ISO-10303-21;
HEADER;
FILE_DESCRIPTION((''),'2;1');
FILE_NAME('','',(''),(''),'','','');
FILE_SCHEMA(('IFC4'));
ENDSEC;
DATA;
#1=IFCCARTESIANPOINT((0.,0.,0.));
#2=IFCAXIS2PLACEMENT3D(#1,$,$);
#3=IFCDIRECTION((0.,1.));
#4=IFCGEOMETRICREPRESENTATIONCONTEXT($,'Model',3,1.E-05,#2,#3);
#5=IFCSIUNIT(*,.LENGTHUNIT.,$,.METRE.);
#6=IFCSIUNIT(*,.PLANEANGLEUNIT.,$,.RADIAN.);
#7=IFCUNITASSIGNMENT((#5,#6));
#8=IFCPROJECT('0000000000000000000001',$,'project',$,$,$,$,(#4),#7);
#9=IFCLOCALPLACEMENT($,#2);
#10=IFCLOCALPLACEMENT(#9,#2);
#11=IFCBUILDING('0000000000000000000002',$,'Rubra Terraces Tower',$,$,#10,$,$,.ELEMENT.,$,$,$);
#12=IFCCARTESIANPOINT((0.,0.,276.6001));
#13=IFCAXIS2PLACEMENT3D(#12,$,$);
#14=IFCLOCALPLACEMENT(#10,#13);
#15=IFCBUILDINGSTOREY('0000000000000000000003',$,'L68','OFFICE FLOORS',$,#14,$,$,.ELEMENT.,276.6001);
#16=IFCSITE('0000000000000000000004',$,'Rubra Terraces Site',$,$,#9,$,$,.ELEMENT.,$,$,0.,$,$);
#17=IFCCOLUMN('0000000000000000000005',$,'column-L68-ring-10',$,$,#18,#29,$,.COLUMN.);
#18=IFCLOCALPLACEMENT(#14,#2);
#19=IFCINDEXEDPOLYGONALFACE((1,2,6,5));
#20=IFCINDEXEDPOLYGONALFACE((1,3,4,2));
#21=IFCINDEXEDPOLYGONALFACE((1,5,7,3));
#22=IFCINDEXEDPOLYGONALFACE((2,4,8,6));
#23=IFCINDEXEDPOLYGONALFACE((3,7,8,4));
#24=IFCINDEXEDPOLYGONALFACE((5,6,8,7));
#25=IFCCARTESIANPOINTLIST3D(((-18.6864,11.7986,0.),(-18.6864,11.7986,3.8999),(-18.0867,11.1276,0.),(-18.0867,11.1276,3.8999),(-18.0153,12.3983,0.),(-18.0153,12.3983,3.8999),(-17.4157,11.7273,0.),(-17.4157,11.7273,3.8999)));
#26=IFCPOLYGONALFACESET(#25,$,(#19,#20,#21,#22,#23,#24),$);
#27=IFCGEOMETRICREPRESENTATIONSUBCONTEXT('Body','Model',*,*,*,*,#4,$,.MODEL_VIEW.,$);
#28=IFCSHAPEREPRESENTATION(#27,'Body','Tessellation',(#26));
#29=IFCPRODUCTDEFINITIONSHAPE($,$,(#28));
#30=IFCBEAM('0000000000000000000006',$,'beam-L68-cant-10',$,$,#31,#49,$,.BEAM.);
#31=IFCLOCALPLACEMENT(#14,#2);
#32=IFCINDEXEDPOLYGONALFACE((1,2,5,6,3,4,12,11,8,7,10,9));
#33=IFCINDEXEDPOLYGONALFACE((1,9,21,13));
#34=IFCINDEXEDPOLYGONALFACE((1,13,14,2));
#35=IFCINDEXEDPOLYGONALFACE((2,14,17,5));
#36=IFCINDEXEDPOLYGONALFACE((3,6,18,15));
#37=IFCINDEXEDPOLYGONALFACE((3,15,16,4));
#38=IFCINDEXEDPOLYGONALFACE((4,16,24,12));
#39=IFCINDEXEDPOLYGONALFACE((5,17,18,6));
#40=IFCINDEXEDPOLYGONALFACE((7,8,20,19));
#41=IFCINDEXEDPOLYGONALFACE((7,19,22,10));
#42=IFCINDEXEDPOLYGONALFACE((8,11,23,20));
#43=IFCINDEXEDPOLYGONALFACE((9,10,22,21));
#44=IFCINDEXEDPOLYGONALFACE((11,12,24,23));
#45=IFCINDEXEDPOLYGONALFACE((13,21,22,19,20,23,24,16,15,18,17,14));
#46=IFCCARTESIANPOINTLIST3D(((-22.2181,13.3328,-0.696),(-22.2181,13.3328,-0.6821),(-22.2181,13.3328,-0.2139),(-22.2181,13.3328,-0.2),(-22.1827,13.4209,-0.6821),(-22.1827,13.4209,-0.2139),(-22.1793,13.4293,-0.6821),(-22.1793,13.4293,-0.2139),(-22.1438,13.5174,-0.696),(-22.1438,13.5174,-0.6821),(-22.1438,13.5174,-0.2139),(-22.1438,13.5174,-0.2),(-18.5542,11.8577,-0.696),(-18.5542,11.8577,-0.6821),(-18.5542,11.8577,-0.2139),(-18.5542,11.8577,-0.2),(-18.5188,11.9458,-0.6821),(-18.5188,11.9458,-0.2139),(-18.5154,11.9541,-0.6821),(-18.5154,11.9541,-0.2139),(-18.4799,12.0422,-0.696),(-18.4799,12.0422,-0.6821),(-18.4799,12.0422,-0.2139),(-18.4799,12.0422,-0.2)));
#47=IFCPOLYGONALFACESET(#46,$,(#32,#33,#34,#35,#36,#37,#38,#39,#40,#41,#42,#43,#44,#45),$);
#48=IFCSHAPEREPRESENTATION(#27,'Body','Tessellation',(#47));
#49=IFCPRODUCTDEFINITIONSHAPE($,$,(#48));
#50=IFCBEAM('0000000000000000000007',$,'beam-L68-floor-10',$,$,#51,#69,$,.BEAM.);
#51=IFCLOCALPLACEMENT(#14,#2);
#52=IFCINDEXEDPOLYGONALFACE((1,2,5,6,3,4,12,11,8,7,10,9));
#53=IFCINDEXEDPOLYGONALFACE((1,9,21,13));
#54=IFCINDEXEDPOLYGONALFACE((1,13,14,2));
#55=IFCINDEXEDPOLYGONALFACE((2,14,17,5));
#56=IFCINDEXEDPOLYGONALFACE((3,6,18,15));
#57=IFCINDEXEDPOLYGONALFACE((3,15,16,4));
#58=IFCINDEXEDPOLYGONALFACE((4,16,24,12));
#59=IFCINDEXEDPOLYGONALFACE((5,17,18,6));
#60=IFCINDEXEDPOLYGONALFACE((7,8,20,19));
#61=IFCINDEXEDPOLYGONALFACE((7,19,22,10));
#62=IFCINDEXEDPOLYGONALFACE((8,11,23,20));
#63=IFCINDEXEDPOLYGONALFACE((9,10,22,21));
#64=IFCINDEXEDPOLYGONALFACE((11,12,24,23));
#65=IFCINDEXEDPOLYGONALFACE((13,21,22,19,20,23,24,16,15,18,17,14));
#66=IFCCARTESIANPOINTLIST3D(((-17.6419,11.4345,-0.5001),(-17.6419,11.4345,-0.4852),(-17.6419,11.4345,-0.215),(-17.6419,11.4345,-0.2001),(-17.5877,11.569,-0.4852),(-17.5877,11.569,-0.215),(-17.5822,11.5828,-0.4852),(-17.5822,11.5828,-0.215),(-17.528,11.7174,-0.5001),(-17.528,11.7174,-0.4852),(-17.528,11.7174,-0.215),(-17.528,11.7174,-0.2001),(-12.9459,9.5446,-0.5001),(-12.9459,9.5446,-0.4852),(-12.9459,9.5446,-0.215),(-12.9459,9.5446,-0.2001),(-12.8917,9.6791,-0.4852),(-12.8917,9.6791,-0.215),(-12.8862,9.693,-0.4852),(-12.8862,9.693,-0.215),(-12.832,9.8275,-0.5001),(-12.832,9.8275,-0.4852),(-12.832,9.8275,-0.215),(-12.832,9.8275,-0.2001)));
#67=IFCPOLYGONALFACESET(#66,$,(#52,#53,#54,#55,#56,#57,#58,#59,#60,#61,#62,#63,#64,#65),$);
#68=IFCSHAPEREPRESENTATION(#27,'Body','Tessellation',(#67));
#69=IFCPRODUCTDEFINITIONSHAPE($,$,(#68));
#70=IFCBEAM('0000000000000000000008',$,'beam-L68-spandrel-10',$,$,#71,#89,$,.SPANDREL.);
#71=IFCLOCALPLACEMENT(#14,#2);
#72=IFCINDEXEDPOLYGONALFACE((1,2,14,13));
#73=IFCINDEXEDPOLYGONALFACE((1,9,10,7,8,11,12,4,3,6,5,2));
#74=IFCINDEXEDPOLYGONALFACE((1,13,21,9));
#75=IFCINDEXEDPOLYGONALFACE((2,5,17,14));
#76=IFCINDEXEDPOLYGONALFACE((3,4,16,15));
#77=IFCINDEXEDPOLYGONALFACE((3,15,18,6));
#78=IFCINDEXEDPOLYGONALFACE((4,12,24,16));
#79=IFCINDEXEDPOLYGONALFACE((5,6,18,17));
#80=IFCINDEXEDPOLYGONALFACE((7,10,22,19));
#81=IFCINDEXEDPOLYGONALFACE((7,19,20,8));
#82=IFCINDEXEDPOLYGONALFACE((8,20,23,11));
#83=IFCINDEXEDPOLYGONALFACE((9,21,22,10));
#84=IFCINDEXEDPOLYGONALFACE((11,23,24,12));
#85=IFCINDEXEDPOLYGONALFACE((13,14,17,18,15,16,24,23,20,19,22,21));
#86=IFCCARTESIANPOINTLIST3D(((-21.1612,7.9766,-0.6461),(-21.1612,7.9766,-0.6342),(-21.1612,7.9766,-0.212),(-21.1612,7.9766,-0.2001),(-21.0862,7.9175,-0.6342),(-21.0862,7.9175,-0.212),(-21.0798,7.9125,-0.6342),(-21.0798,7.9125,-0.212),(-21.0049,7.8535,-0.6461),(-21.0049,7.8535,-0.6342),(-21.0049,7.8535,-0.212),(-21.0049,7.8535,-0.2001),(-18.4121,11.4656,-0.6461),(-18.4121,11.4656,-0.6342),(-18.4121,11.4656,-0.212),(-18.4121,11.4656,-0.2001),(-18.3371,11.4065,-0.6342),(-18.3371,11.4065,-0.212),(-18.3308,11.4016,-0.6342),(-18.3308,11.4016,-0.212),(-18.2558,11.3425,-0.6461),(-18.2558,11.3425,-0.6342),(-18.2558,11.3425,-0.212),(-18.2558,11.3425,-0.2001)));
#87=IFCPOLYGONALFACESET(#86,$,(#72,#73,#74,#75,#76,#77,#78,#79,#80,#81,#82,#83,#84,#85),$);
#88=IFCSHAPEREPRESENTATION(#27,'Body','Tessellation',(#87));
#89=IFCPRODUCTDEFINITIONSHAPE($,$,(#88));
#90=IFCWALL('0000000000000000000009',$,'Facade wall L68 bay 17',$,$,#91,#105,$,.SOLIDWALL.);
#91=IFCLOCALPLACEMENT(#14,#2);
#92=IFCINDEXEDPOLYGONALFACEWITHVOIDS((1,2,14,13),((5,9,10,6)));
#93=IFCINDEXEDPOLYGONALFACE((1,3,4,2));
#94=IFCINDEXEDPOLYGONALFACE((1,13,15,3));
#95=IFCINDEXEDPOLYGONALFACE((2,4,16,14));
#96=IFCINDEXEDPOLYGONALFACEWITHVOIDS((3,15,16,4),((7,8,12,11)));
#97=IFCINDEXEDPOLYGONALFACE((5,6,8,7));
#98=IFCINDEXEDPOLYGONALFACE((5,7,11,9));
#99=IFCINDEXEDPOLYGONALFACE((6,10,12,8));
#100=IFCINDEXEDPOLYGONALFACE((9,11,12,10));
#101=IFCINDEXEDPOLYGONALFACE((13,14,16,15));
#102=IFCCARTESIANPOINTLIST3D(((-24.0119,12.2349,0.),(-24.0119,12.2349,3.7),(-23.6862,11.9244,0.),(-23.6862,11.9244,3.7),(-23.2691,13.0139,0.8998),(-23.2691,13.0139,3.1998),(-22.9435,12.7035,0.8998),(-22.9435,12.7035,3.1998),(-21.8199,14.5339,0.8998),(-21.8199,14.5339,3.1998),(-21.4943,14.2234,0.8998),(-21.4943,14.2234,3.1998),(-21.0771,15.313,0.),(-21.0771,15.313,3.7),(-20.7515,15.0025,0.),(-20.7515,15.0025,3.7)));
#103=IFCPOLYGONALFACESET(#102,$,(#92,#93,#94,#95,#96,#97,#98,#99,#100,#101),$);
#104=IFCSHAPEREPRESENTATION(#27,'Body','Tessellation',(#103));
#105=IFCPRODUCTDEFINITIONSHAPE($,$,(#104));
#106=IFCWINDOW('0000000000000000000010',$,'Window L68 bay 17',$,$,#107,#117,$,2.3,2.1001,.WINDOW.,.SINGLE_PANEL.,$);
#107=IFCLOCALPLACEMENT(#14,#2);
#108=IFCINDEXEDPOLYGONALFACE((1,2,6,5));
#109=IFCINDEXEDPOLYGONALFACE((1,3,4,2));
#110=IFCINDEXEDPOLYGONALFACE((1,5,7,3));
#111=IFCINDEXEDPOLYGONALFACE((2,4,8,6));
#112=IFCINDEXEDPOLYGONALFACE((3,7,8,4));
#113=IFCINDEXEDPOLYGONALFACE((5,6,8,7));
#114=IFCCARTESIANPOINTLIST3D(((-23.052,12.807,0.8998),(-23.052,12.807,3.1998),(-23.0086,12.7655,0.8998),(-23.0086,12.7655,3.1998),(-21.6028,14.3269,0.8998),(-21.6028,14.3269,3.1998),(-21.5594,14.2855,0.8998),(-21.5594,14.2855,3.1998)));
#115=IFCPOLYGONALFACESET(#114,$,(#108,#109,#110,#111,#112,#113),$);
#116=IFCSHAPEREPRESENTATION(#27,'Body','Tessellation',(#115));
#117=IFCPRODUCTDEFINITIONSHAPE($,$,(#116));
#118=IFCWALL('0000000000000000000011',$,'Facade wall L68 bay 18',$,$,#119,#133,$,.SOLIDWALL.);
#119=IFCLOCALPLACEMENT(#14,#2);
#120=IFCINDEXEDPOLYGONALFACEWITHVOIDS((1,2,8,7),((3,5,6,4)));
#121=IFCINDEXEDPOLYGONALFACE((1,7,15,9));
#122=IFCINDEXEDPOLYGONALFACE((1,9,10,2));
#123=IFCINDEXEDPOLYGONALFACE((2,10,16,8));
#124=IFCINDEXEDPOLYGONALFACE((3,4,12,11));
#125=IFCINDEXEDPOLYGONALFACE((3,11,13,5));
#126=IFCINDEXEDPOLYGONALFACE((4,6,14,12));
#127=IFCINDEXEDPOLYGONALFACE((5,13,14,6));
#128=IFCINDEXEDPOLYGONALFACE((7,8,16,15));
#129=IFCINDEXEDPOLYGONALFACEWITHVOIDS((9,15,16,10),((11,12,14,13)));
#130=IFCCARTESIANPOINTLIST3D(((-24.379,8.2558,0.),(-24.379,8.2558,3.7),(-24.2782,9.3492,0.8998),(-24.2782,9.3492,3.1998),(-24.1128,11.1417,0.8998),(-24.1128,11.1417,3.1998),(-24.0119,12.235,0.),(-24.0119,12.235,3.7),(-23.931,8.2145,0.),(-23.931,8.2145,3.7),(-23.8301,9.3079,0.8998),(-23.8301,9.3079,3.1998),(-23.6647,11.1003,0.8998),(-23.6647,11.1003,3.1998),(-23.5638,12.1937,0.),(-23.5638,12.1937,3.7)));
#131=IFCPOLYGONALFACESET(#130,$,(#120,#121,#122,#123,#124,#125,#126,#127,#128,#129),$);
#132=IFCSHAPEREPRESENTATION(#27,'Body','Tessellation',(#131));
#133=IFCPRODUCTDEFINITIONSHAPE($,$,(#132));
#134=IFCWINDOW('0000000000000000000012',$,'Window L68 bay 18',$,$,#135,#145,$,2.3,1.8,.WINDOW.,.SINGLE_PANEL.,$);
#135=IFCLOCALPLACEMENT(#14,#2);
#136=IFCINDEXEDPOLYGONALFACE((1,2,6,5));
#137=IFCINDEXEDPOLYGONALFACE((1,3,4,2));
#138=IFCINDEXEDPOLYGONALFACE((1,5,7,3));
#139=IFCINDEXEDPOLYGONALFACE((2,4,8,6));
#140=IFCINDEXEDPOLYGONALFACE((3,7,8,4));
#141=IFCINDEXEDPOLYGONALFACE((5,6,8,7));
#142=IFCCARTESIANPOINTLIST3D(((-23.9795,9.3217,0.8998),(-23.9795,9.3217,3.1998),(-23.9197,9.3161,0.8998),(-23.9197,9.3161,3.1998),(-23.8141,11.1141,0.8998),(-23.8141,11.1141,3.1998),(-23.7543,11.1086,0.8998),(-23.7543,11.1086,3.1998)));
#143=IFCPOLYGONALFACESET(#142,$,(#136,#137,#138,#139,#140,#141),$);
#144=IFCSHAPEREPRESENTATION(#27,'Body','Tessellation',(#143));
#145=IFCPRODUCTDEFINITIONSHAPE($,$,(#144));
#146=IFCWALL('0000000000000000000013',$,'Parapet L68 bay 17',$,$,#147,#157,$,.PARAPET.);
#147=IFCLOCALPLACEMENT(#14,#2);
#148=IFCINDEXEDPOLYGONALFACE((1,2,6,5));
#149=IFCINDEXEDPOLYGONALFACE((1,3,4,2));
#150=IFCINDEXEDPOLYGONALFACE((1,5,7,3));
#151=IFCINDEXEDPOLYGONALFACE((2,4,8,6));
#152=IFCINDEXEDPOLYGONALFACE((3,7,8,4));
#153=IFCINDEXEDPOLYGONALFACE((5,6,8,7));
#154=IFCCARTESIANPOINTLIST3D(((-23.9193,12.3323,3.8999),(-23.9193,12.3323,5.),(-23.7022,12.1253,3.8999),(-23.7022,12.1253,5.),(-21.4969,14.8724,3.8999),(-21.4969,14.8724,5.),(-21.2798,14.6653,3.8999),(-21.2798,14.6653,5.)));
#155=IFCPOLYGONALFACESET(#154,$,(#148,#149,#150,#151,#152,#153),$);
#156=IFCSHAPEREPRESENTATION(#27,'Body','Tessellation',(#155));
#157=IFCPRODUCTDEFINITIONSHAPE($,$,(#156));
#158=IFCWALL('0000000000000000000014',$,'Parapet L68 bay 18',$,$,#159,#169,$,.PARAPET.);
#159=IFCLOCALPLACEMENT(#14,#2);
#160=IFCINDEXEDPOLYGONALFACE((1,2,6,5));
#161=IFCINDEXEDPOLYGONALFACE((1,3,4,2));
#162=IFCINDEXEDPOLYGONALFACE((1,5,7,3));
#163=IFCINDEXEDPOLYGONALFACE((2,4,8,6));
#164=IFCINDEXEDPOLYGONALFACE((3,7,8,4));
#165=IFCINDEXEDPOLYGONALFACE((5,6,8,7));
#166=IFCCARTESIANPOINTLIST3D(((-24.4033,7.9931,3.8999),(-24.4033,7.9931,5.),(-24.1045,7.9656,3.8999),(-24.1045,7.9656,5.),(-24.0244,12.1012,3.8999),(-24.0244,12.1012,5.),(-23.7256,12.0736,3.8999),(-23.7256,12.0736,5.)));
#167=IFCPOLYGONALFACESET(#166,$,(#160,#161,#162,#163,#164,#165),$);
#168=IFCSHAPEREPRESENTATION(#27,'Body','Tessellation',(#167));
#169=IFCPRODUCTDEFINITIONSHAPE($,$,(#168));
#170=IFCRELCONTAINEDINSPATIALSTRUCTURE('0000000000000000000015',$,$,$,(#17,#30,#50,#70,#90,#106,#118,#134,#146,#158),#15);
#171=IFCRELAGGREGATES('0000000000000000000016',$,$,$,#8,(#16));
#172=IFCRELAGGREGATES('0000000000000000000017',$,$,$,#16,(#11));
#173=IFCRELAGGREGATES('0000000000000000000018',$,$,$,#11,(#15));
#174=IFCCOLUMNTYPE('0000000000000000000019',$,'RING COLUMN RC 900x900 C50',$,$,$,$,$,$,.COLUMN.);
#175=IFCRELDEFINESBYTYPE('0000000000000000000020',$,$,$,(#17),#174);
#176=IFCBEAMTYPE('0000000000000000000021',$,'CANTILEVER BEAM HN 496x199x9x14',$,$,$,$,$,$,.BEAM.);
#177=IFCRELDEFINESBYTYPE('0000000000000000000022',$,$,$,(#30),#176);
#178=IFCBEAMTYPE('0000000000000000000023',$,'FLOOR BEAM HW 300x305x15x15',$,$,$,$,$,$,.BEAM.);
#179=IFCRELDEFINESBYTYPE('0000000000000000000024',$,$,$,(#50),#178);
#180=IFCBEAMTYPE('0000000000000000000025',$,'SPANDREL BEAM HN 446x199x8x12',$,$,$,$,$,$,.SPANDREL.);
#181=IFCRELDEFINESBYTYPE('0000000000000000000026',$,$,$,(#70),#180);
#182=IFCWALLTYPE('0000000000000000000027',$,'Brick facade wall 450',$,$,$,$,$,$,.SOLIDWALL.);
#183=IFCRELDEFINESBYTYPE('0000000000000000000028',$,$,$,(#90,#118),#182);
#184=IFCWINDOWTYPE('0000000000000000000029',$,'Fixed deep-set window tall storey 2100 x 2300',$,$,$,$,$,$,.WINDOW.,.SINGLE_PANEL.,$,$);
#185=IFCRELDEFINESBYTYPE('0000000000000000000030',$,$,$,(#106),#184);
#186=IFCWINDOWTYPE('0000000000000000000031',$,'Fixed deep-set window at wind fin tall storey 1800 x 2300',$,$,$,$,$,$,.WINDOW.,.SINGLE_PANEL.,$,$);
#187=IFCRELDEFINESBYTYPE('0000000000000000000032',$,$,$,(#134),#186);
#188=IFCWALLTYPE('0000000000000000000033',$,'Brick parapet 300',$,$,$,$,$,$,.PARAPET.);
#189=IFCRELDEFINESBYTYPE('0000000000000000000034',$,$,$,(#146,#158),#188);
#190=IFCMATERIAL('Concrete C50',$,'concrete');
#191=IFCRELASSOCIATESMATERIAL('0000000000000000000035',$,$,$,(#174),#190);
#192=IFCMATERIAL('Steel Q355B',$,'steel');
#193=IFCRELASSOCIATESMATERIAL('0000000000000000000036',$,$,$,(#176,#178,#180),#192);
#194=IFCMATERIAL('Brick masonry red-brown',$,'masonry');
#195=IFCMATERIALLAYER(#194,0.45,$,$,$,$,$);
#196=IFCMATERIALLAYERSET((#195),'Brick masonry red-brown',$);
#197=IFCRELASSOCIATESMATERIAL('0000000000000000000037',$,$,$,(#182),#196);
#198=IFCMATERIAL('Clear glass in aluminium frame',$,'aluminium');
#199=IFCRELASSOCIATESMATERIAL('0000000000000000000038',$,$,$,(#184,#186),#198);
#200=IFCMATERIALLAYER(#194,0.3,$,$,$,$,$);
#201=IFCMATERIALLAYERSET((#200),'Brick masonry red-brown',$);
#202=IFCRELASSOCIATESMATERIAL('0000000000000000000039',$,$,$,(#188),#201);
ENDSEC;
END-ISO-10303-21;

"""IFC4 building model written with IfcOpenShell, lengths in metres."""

from ifc_helpers import new_model, si_unit, direction, frame, frame_2d, origin, origin_2d, place, context, subcontext, project, spatial, rectangle, i_section, extrude, material, layer, layer_set, material_profile, profile_set, type_object, element, fill, save


model = new_model("IFC4")

# Units and contexts
model_context = context("Model", 3, precision=1e-05, world=origin(), true_north=direction((0.0, 1.0)))
body_context = subcontext(model_context, "Body", "Model", "MODEL_VIEW")
ifc_project = project(units=[si_unit("LENGTHUNIT", "METRE"), si_unit("PLANEANGLEUNIT", "RADIAN")], contexts=[model_context])

# Site, building, storey
site_placement = place(None, origin())
site = spatial("IfcSite", under=ifc_project, at=site_placement, Name="Rubra Terraces Site", CompositionType="ELEMENT", RefElevation=0.0)
building_placement = place(site_placement, origin())
building = spatial("IfcBuilding", under=site, at=building_placement, Name="Rubra Terraces Tower", CompositionType="ELEMENT")
storey_placement = place(building_placement, frame((0.0, 0.0, 276.6001)))
storey = spatial("IfcBuildingStorey", under=building, at=storey_placement, Name="L68", Description="OFFICE FLOORS", CompositionType="ELEMENT", Elevation=276.6001)

# Column
ifc_material_1 = material(Name="Concrete C50", Category="concrete")
ifc_material_profile_1 = material_profile(ifc_material_1, rectangle(XDim=0.8999, YDim=0.8999, at=origin_2d()), Name="RC 900x900")
ifc_profile_set_1 = profile_set([ifc_material_profile_1], Name="Concrete C50")
column_type = type_object("IfcColumnType", Name="RING COLUMN RC 900x900 C50", PredefinedType="COLUMN", material=ifc_profile_set_1)
column_placement = place(storey_placement, frame((-18.051, 11.7629, 0.0), z_axis=(0.0, 0.0, 1.0), x_axis=(-0.745642, -0.666347, 0.0)))
element("IfcColumn", 1, at=column_placement, inside=storey, type_object=column_type, Name="column-L68-ring-10", PredefinedType="COLUMN", context=body_context, shape_type="SweptSolid", body=[
    extrude(rectangle(XDim=0.8999, YDim=0.8999, at=origin_2d()), origin(), (0.0, 0.0, 1.0), 3.8999),
])

# Beams
ifc_material_2 = material(Name="Steel Q355B", Category="steel")
ifc_material_profile_2 = material_profile(ifc_material_2, i_section(OverallWidth=0.199, OverallDepth=0.4961, WebThickness=0.009, FlangeThickness=0.0139, at=origin_2d()), Name="HN 496x199x9x14")
ifc_profile_set_2 = profile_set([ifc_material_profile_2], Name="Steel Q355B")
beam_type_1 = type_object("IfcBeamType", Name="CANTILEVER BEAM HN 496x199x9x14", PredefinedType="BEAM", material=ifc_profile_set_2)
beam_1_placement = place(storey_placement, frame((-18.5171, 11.95, -0.448), z_axis=(-0.927639, 0.373479, 0.0), x_axis=(-0.373479, -0.927639, 0.0)))
element("IfcBeam", 2, at=beam_1_placement, inside=storey, type_object=beam_type_1, Name="beam-L68-cant-10", PredefinedType="BEAM", context=body_context, shape_type="SweptSolid", body=[
    extrude(i_section(OverallWidth=0.199, OverallDepth=0.4961, WebThickness=0.009, FlangeThickness=0.0139, at=origin_2d()), origin(), (0.0, 0.0, 1.0), 3.9497),
])
ifc_material_profile_3 = material_profile(ifc_material_2, i_section(OverallWidth=0.3049, OverallDepth=0.3, WebThickness=0.0149, FlangeThickness=0.0149, at=origin_2d()), Name="HW 300x305x15x15")
ifc_profile_set_3 = profile_set([ifc_material_profile_3], Name="Steel Q355B")
beam_type_2 = type_object("IfcBeamType", Name="FLOOR BEAM HW 300x305x15x15", PredefinedType="BEAM", material=ifc_profile_set_3)
beam_2_placement = place(storey_placement, frame((-17.585, 11.5759, -0.3501), z_axis=(0.927693, -0.373344, 0.0), x_axis=(0.373344, 0.927693, 0.0)))
element("IfcBeam", 3, at=beam_2_placement, inside=storey, type_object=beam_type_2, Name="beam-L68-floor-10", PredefinedType="BEAM", context=body_context, shape_type="SweptSolid", body=[
    extrude(i_section(OverallWidth=0.3049, OverallDepth=0.3, WebThickness=0.0149, FlangeThickness=0.0149, at=origin_2d()), origin(), (0.0, 0.0, 1.0), 5.062),
])
ifc_material_profile_4 = material_profile(ifc_material_2, i_section(OverallWidth=0.199, OverallDepth=0.446, WebThickness=0.0081, FlangeThickness=0.012, at=origin_2d()), Name="HN 446x199x8x12")
ifc_profile_set_4 = profile_set([ifc_material_profile_4], Name="Steel Q355B")
beam_type_3 = type_object("IfcBeamType", Name="SPANDREL BEAM HN 446x199x8x12", PredefinedType="SPANDREL", material=ifc_profile_set_4)
beam_3_placement = place(storey_placement, frame((-18.334, 11.4041, -0.4231), z_axis=(-0.618887, -0.78548, 0.0), x_axis=(0.78548, -0.618887, 0.0)))
element("IfcBeam", 4, at=beam_3_placement, inside=storey, type_object=beam_type_3, Name="beam-L68-spandrel-10", PredefinedType="SPANDREL", context=body_context, shape_type="SweptSolid", body=[
    extrude(i_section(OverallWidth=0.199, OverallDepth=0.446, WebThickness=0.0081, FlangeThickness=0.012, at=origin_2d()), origin(), (0.0, 0.0, 1.0), 4.4419),
])

# Walls, openings, windows
ifc_material_3 = material(Name="Brick masonry red-brown", Category="masonry")
ifc_layer_1 = layer(ifc_material_3, 0.45)
ifc_layer_set_1 = layer_set([ifc_layer_1], Name="Brick masonry red-brown")
wall_type_1 = type_object("IfcWallType", Name="Brick facade wall 450", PredefinedType="SOLIDWALL", material=ifc_layer_set_1)
wall_1_placement = place(storey_placement, frame((-20.9143, 15.1577, 0.0), z_axis=(0.0, 0.0, 1.0), x_axis=(-0.690058, -0.723754, 0.0)))
wall_1 = element("IfcWall", 5, at=wall_1_placement, inside=storey, type_object=wall_type_1, Name="Facade wall L68 bay 17", PredefinedType="SOLIDWALL", context=body_context, shape_type="SweptSolid", body=[
    extrude(rectangle(XDim=4.2529, YDim=0.45, at=frame_2d((2.1265, 0.0))), origin(), (0.0, 0.0, 1.0), 3.7),
])
opening_1_placement = place(wall_1_placement, frame((1.0764, 0.0, 0.8999)))
opening_1 = element("IfcOpeningElement", 6, at=opening_1_placement, cuts=wall_1, PredefinedType="OPENING", context=body_context, shape_type="SweptSolid", body=[
    extrude(rectangle(XDim=2.1001, YDim=2.3, at=frame_2d((1.05, 1.1499))), frame((0.0, 0.2349, 0.0), z_axis=(0.0, -1.0, 0.0), x_axis=(1.0, 0.0, 0.0)), (0.0, 0.0, 1.0), 0.47),
])
ifc_material_4 = material(Name="Clear glass in aluminium frame", Category="aluminium")
window_type_1 = type_object("IfcWindowType", Name="Fixed deep-set window tall storey 2100 x 2300", PartitioningType="SINGLE_PANEL", PredefinedType="WINDOW", material=ifc_material_4)
window_1_placement = place(opening_1_placement, origin())
window_1 = element("IfcWindow", 7, at=window_1_placement, inside=storey, type_object=window_type_1, Name="Window L68 bay 17", OverallHeight=2.3, OverallWidth=2.1001, PartitioningType="SINGLE_PANEL", PredefinedType="WINDOW", context=body_context, shape_type="SweptSolid", body=[
    extrude(rectangle(XDim=2.1001, YDim=2.3, at=frame_2d((1.05, 1.1499))), frame((0.0, 0.135, 0.0), z_axis=(0.0, -1.0, 0.0), x_axis=(1.0, 0.0, 0.0)), (0.0, 0.0, 1.0), 0.0601),
])
fill(opening_1, window_1)
wall_2_placement = place(storey_placement, frame((-23.7878, 12.2144, 0.0), z_axis=(0.0, 0.0, 1.0), x_axis=(-0.091885, -0.99577, 0.0)))
wall_2 = element("IfcWall", 8, at=wall_2_placement, inside=storey, type_object=wall_type_1, Name="Facade wall L68 bay 18", PredefinedType="SOLIDWALL", context=body_context, shape_type="SweptSolid", body=[
    extrude(rectangle(XDim=3.9961, YDim=0.45, at=frame_2d((1.998, 0.0))), origin(), (0.0, 0.0, 1.0), 3.7),
])
opening_2_placement = place(wall_2_placement, frame((1.0981, 0.0, 0.8999)))
opening_2 = element("IfcOpeningElement", 9, at=opening_2_placement, cuts=wall_2, PredefinedType="OPENING", context=body_context, shape_type="SweptSolid", body=[
    extrude(rectangle(XDim=1.8, YDim=2.3, at=frame_2d((0.8999, 1.1499))), frame((0.0, 0.2349, 0.0), z_axis=(0.0, -1.0, 0.0), x_axis=(1.0, 0.0, 0.0)), (0.0, 0.0, 1.0), 0.47),
])
window_type_2 = type_object("IfcWindowType", Name="Fixed deep-set window at wind fin tall storey 1800 x 2300", PartitioningType="SINGLE_PANEL", PredefinedType="WINDOW", material=ifc_material_4)
window_2_placement = place(opening_2_placement, origin())
window_2 = element("IfcWindow", 10, at=window_2_placement, inside=storey, type_object=window_type_2, Name="Window L68 bay 18", OverallHeight=2.3, OverallWidth=1.8, PartitioningType="SINGLE_PANEL", PredefinedType="WINDOW", context=body_context, shape_type="SweptSolid", body=[
    extrude(rectangle(XDim=1.8, YDim=2.3, at=frame_2d((0.8999, 1.1499))), frame((0.0, 0.135, 0.0), z_axis=(0.0, -1.0, 0.0), x_axis=(1.0, 0.0, 0.0)), (0.0, 0.0, 1.0), 0.0601),
])
fill(opening_2, window_2)

# Walls
ifc_layer_2 = layer(ifc_material_3, 0.3)
ifc_layer_set_2 = layer_set([ifc_layer_2], Name="Brick masonry red-brown")
wall_type_2 = type_object("IfcWallType", Name="Brick parapet 300", PredefinedType="PARAPET", material=ifc_layer_set_2)
wall_3_placement = place(storey_placement, frame((-21.3884, 14.7688, 3.8999), z_axis=(0.0, 0.0, 1.0), x_axis=(-0.690145, -0.723671, 0.0)))
element("IfcWall", 11, at=wall_3_placement, inside=storey, type_object=wall_type_2, Name="Parapet L68 bay 17", PredefinedType="PARAPET", context=body_context, shape_type="SweptSolid", body=[
    extrude(rectangle(XDim=3.51, YDim=0.3, at=frame_2d((1.7549, 0.0))), origin(), (0.0, 0.0, 1.0), 1.1001),
])
wall_4_placement = place(storey_placement, frame((-23.875, 12.0874, 3.8999), z_axis=(0.0, 0.0, 1.0), x_axis=(-0.091843, -0.995774, 0.0)))
element("IfcWall", 12, at=wall_4_placement, inside=storey, type_object=wall_type_2, Name="Parapet L68 bay 18", PredefinedType="PARAPET", context=body_context, shape_type="SweptSolid", body=[
    extrude(rectangle(XDim=4.1255, YDim=0.3, at=frame_2d((2.0627, 0.0))), origin(), (0.0, 0.0, 1.0), 1.1001),
])

save(model, "model.ifc")
